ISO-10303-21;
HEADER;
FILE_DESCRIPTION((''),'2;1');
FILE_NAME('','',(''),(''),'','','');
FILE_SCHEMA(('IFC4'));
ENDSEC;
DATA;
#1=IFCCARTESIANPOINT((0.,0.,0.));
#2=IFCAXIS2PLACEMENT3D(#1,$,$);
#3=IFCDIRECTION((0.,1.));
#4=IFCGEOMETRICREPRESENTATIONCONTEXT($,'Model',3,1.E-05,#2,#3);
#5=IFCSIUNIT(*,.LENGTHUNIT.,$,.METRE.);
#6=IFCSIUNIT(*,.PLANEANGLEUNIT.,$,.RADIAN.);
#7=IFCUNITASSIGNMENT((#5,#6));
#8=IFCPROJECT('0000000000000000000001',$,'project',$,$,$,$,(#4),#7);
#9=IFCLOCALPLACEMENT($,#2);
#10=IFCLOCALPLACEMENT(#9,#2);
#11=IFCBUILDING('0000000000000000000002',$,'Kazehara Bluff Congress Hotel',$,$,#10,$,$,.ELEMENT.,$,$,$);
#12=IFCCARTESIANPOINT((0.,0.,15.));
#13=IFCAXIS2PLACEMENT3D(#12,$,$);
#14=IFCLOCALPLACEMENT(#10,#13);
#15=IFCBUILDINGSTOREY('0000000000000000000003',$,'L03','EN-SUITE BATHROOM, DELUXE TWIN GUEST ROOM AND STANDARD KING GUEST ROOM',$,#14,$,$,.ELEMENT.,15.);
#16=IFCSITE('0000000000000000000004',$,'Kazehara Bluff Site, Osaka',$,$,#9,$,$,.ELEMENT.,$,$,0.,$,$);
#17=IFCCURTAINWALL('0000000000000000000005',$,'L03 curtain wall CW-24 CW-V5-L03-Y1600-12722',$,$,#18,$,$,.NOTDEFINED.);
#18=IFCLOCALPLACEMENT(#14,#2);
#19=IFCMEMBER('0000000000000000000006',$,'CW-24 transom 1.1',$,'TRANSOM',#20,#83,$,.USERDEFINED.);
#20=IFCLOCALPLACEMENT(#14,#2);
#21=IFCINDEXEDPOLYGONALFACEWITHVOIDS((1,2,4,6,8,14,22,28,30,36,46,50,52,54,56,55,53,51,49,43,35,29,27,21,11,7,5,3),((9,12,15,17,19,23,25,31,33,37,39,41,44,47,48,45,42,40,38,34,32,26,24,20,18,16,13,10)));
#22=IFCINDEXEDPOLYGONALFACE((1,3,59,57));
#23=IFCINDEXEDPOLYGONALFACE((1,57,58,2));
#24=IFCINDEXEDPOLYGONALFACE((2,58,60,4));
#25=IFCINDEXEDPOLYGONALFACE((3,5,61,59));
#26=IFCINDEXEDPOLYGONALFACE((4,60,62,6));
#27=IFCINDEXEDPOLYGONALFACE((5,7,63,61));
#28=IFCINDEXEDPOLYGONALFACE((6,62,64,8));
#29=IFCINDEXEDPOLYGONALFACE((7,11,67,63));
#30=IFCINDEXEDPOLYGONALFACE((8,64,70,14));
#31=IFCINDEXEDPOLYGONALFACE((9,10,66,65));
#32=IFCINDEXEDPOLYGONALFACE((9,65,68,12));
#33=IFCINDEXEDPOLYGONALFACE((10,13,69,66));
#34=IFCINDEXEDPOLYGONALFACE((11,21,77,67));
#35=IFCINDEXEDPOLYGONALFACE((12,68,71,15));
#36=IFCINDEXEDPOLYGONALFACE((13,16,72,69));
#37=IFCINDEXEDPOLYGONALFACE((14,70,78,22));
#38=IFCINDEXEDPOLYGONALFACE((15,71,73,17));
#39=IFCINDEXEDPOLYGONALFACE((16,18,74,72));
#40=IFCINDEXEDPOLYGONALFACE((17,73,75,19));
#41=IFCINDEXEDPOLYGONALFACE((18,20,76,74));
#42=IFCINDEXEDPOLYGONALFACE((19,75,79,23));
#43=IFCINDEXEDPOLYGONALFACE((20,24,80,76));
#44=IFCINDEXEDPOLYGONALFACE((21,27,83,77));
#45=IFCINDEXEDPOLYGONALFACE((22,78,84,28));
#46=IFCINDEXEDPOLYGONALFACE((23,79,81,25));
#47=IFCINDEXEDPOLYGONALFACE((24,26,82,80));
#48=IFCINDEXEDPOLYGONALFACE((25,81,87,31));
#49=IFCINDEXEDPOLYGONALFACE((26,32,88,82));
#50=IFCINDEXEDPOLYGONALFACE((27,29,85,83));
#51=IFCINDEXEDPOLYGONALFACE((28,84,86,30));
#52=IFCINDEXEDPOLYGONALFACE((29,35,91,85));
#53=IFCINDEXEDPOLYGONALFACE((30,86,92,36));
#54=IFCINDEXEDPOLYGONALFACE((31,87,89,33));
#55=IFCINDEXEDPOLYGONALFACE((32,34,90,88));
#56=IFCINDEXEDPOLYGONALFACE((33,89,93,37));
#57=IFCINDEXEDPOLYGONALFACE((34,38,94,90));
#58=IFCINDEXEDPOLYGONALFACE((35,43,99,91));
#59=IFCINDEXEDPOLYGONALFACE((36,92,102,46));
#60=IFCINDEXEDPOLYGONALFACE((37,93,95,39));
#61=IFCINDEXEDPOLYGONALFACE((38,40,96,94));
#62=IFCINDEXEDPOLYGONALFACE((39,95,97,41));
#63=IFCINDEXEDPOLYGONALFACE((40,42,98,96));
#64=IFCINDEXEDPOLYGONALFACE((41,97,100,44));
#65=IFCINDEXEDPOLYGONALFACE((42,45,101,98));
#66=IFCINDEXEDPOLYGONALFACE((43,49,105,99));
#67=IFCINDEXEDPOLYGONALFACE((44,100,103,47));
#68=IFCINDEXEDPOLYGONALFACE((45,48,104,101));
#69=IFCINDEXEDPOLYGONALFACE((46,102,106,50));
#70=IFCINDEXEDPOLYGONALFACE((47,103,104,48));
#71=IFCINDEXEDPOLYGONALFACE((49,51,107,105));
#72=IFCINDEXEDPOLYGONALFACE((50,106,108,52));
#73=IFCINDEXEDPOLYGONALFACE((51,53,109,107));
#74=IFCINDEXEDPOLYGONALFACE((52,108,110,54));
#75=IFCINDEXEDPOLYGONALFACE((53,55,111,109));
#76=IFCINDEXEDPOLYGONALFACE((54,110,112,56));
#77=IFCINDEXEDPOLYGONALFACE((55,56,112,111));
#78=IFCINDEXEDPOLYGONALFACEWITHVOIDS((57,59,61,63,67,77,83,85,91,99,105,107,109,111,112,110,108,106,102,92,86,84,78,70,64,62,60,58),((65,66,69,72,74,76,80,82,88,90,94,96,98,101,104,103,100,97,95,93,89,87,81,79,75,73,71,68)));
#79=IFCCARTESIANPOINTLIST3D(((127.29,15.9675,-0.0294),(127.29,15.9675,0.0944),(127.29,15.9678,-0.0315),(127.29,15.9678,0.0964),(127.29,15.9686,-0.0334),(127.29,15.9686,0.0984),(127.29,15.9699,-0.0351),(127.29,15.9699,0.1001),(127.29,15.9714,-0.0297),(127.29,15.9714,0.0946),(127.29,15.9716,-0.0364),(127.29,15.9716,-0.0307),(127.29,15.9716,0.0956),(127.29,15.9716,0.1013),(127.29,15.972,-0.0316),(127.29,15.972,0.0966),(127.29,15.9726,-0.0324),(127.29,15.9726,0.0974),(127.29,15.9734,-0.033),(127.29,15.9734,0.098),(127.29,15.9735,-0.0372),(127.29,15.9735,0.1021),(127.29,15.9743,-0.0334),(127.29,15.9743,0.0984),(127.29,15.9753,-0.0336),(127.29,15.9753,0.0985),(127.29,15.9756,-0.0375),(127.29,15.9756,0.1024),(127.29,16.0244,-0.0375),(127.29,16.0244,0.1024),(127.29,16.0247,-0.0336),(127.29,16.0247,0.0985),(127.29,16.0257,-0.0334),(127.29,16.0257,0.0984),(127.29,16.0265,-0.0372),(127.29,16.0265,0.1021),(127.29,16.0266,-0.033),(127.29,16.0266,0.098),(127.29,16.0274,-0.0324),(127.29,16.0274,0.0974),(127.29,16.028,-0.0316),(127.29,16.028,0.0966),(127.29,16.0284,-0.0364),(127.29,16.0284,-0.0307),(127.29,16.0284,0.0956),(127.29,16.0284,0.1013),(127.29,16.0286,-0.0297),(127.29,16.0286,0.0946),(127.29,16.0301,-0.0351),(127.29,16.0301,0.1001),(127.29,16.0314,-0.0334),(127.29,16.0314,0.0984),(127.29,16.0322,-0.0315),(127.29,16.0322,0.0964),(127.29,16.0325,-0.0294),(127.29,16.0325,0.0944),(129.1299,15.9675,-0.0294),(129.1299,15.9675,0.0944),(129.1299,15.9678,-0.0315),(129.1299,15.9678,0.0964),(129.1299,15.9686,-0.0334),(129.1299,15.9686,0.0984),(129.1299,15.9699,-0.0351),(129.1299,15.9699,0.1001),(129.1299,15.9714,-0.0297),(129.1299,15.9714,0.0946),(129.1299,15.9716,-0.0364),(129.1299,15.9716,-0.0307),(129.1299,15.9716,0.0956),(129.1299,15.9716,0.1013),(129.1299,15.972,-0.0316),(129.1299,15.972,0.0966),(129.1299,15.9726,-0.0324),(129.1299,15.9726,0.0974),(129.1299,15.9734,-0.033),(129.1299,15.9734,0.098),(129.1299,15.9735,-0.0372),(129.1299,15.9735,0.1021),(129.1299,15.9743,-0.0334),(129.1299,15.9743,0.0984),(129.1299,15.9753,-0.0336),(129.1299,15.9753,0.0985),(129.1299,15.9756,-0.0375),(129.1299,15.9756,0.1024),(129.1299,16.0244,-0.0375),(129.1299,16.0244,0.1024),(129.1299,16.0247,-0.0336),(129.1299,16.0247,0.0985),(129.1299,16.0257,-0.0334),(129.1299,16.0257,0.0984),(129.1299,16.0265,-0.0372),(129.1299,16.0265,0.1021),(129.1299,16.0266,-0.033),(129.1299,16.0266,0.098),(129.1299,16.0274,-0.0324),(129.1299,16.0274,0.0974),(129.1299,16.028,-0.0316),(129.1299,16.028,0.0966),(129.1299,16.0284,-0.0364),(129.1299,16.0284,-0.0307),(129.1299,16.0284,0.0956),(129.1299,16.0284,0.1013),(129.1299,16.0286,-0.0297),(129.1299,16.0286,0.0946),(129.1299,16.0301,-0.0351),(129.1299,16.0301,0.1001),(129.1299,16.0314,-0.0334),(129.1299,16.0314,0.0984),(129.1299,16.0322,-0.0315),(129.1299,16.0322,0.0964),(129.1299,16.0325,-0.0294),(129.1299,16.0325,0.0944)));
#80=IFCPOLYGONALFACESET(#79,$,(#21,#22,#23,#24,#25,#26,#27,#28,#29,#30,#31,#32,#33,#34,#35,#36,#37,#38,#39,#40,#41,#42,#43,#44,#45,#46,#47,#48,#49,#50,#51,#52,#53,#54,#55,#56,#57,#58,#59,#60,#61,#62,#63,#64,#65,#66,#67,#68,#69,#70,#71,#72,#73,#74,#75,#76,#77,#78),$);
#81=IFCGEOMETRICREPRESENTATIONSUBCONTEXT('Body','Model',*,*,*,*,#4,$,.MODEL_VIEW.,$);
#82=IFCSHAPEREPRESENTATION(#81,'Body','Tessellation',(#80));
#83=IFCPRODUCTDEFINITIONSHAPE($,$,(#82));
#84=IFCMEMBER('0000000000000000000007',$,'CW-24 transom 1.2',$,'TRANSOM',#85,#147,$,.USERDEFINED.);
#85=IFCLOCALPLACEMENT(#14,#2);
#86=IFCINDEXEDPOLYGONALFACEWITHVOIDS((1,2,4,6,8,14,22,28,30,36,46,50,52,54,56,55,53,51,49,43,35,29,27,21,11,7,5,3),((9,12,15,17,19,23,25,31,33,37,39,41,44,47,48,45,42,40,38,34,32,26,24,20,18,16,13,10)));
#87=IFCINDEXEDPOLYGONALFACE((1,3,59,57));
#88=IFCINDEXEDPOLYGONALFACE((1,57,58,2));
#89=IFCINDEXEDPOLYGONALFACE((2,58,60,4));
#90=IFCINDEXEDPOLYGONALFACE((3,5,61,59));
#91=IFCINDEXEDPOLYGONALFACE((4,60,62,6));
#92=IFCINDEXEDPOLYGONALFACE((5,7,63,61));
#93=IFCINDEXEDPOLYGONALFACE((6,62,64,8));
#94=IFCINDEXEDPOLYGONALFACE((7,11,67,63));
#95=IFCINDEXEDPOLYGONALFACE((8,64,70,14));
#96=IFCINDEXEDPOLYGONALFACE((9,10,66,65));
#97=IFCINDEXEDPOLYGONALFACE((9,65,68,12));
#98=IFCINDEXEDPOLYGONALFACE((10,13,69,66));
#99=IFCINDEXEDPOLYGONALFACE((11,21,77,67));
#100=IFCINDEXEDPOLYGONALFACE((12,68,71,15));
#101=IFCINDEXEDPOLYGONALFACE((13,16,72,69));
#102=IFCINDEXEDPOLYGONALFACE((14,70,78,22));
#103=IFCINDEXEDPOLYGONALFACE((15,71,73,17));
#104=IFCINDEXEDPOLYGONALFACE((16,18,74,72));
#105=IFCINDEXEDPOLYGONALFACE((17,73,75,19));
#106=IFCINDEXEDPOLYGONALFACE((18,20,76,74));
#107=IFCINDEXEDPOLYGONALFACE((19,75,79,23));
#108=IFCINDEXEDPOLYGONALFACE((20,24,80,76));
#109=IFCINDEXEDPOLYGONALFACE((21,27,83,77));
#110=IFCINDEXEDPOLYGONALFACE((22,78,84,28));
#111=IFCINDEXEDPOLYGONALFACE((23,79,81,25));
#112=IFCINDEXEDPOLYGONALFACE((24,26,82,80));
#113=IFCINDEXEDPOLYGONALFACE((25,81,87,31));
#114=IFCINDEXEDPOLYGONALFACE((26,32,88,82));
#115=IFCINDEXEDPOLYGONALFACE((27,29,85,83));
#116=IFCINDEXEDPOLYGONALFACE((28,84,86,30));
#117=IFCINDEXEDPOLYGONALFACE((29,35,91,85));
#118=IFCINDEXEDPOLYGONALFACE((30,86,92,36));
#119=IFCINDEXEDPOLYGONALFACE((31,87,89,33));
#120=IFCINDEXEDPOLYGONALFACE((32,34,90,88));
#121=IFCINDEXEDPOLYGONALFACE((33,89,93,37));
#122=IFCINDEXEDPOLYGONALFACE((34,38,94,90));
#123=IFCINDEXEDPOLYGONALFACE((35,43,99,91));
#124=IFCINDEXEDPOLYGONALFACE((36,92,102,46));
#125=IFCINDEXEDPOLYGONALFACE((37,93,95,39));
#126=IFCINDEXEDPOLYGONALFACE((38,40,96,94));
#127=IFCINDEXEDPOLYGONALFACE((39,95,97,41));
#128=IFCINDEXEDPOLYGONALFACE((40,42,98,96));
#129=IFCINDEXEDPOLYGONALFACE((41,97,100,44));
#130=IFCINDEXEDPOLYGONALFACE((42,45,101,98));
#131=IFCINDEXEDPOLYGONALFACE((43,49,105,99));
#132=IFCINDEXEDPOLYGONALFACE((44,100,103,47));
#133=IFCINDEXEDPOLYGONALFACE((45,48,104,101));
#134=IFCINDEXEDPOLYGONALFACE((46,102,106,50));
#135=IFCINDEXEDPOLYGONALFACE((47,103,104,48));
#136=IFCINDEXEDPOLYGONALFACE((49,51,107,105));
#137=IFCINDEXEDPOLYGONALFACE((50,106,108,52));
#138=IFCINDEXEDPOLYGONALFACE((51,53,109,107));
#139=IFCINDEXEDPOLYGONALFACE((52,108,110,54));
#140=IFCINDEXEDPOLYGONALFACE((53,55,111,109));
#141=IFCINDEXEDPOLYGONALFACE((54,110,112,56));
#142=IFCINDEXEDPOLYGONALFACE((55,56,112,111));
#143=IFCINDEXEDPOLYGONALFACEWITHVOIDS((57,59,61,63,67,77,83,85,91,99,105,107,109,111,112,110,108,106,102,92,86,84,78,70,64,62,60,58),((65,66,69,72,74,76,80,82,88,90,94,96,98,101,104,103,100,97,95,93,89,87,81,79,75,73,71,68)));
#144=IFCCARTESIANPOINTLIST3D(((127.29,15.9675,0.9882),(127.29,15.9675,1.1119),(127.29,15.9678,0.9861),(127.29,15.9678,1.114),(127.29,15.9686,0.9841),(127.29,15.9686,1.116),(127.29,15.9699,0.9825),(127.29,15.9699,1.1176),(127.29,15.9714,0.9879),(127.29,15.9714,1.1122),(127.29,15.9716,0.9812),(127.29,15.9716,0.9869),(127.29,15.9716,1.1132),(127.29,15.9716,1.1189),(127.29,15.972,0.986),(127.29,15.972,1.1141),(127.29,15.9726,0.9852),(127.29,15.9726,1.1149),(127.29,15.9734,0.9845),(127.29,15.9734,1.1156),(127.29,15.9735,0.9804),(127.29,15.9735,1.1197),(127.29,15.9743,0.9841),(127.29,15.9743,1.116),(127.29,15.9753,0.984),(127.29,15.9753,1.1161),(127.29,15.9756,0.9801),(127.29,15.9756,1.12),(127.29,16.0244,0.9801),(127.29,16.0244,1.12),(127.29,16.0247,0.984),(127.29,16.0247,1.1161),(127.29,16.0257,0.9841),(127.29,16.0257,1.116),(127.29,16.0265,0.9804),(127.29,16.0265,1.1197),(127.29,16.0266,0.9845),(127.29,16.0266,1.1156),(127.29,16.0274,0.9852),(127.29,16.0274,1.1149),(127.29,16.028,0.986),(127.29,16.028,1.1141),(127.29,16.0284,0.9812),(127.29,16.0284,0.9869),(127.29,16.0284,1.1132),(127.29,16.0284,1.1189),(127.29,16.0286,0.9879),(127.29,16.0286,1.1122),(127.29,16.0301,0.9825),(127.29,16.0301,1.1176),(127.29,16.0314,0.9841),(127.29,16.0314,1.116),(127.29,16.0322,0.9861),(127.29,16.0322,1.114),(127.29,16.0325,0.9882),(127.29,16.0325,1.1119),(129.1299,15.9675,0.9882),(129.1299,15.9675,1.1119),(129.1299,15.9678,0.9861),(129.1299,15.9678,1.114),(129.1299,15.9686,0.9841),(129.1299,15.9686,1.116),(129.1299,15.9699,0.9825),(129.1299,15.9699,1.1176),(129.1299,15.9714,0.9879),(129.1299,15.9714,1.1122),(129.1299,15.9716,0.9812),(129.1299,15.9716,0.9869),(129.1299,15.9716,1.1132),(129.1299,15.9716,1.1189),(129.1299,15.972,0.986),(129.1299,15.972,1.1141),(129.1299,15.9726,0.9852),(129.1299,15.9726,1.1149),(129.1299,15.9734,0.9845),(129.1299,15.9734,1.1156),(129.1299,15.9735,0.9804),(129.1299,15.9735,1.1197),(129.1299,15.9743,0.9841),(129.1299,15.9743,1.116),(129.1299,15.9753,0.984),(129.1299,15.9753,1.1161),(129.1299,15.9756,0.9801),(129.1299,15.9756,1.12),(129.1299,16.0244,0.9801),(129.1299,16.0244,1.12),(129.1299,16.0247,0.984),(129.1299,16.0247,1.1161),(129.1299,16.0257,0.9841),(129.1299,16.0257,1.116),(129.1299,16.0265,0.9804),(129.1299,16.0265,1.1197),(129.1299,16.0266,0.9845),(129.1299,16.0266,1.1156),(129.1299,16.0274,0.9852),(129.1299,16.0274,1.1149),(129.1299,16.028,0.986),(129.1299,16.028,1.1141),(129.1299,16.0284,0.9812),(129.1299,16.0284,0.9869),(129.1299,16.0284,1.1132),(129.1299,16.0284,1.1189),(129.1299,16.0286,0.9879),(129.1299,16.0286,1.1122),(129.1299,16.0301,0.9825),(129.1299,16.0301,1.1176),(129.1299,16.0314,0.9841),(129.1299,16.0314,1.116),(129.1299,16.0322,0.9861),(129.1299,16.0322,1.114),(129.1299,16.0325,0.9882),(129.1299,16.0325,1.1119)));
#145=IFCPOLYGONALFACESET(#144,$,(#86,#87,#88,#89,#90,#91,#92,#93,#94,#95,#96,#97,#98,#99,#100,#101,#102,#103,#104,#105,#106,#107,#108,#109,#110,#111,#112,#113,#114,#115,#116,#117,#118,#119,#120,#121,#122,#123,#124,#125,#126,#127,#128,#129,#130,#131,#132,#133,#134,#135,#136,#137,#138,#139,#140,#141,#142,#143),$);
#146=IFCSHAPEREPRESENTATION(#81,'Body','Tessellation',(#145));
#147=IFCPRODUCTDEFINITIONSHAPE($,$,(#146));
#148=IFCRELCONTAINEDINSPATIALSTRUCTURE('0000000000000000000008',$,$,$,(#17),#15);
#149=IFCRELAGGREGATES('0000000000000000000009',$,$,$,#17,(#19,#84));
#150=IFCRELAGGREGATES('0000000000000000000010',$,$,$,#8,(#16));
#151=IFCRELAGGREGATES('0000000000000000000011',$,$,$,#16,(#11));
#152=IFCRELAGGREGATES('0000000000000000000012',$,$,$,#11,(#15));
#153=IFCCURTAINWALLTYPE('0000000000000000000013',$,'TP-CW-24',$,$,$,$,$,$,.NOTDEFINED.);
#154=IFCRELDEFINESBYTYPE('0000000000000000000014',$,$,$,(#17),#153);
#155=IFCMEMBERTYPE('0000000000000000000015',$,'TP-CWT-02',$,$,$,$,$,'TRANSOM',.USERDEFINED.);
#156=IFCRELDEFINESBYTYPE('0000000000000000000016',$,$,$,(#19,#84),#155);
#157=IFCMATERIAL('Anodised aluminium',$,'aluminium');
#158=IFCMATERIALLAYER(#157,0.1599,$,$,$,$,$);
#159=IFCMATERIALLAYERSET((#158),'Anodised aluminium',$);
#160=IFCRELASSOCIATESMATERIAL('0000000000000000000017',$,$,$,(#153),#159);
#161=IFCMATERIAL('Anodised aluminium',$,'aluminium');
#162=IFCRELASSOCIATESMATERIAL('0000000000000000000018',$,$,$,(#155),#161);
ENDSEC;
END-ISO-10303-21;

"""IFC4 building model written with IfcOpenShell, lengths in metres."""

from ifc_helpers import new_model, si_unit, direction, frame, origin, origin_2d, place, context, subcontext, project, spatial, hollow_rectangle, extrude, material, layer, layer_set, material_profile, profile_set, type_object, element, aggregate, save


model = new_model("IFC4")

# Units and contexts
model_context = context("Model", 3, precision=1e-05, world=origin(), true_north=direction((0.0, 1.0)))
body_context = subcontext(model_context, "Body", "Model", "MODEL_VIEW")
ifc_project = project(units=[si_unit("LENGTHUNIT", "METRE"), si_unit("PLANEANGLEUNIT", "RADIAN")], contexts=[model_context])

# Site, building, storey
site_placement = place(None, origin())
site = spatial("IfcSite", under=ifc_project, at=site_placement, Name="Kazehara Bluff Site, Osaka", CompositionType="ELEMENT", RefElevation=0.0)
building_placement = place(site_placement, origin())
building = spatial("IfcBuilding", under=site, at=building_placement, Name="Kazehara Bluff Congress Hotel", CompositionType="ELEMENT")
storey_placement = place(building_placement, frame((0.0, 0.0, 15.0)))
storey = spatial("IfcBuildingStorey", under=building, at=storey_placement, Name="L03", Description="EN-SUITE BATHROOM, DELUXE TWIN GUEST ROOM AND STANDARD KING GUEST ROOM", CompositionType="ELEMENT", Elevation=15.0)

# Curtain wall
ifc_material_1 = material(Name="Anodised aluminium", Category="aluminium")
ifc_layer_1 = layer(ifc_material_1, 0.1599)
ifc_layer_set_1 = layer_set([ifc_layer_1], Name="Anodised aluminium")
curtain_wall_type = type_object("IfcCurtainWallType", Name="TP-CW-24", PredefinedType="NOTDEFINED", material=ifc_layer_set_1)
curtain_wall_1_placement = place(storey_placement, origin())
curtain_wall_1 = element("IfcCurtainWall", 1, at=curtain_wall_1_placement, inside=storey, type_object=curtain_wall_type, Name="L03 curtain wall CW-24 CW-V5-L03-Y1600-12722", PredefinedType="NOTDEFINED")

# Members
ifc_material_2 = material(Name="Anodised aluminium", Category="aluminium")
ifc_material_profile_1 = material_profile(ifc_material_2, hollow_rectangle(XDim=0.0649, YDim=0.1399, WallThickness=0.0039, InnerFilletRadius=0.0039, OuterFilletRadius=0.0081, at=origin_2d()))
ifc_profile_set_1 = profile_set([ifc_material_profile_1], Name="Anodised aluminium")
member_type_1 = type_object("IfcMemberType", Name="TP-CWT-02", ElementType="TRANSOM", PredefinedType="USERDEFINED", material=ifc_profile_set_1)
member_1_placement = place(storey_placement, frame((127.29, 16.0, 0.0325), z_axis=(1.0, 0.0, 0.0), x_axis=(0.0, 1.0, 0.0)))
member_1 = element("IfcMember", 2, at=member_1_placement, type_object=member_type_1, Name="CW-24 transom 1.1", ObjectType="TRANSOM", PredefinedType="USERDEFINED", context=body_context, shape_type="SweptSolid", body=[
    extrude(hollow_rectangle(XDim=0.0649, YDim=0.1399, WallThickness=0.0039, InnerFilletRadius=0.0039, OuterFilletRadius=0.0081, at=origin_2d()), origin(), (0.0, 0.0, 1.0), 1.8398),
])
member_2_placement = place(storey_placement, frame((127.29, 16.0, 1.05), z_axis=(1.0, 0.0, 0.0), x_axis=(0.0, 1.0, 0.0)))
member_2 = element("IfcMember", 3, at=member_2_placement, type_object=member_type_1, Name="CW-24 transom 1.2", ObjectType="TRANSOM", PredefinedType="USERDEFINED", context=body_context, shape_type="SweptSolid", body=[
    extrude(hollow_rectangle(XDim=0.0649, YDim=0.1399, WallThickness=0.0039, InnerFilletRadius=0.0039, OuterFilletRadius=0.0081, at=origin_2d()), origin(), (0.0, 0.0, 1.0), 1.8398),
])

aggregate(curtain_wall_1, [member_1, member_2])

save(model, "model.ifc")
